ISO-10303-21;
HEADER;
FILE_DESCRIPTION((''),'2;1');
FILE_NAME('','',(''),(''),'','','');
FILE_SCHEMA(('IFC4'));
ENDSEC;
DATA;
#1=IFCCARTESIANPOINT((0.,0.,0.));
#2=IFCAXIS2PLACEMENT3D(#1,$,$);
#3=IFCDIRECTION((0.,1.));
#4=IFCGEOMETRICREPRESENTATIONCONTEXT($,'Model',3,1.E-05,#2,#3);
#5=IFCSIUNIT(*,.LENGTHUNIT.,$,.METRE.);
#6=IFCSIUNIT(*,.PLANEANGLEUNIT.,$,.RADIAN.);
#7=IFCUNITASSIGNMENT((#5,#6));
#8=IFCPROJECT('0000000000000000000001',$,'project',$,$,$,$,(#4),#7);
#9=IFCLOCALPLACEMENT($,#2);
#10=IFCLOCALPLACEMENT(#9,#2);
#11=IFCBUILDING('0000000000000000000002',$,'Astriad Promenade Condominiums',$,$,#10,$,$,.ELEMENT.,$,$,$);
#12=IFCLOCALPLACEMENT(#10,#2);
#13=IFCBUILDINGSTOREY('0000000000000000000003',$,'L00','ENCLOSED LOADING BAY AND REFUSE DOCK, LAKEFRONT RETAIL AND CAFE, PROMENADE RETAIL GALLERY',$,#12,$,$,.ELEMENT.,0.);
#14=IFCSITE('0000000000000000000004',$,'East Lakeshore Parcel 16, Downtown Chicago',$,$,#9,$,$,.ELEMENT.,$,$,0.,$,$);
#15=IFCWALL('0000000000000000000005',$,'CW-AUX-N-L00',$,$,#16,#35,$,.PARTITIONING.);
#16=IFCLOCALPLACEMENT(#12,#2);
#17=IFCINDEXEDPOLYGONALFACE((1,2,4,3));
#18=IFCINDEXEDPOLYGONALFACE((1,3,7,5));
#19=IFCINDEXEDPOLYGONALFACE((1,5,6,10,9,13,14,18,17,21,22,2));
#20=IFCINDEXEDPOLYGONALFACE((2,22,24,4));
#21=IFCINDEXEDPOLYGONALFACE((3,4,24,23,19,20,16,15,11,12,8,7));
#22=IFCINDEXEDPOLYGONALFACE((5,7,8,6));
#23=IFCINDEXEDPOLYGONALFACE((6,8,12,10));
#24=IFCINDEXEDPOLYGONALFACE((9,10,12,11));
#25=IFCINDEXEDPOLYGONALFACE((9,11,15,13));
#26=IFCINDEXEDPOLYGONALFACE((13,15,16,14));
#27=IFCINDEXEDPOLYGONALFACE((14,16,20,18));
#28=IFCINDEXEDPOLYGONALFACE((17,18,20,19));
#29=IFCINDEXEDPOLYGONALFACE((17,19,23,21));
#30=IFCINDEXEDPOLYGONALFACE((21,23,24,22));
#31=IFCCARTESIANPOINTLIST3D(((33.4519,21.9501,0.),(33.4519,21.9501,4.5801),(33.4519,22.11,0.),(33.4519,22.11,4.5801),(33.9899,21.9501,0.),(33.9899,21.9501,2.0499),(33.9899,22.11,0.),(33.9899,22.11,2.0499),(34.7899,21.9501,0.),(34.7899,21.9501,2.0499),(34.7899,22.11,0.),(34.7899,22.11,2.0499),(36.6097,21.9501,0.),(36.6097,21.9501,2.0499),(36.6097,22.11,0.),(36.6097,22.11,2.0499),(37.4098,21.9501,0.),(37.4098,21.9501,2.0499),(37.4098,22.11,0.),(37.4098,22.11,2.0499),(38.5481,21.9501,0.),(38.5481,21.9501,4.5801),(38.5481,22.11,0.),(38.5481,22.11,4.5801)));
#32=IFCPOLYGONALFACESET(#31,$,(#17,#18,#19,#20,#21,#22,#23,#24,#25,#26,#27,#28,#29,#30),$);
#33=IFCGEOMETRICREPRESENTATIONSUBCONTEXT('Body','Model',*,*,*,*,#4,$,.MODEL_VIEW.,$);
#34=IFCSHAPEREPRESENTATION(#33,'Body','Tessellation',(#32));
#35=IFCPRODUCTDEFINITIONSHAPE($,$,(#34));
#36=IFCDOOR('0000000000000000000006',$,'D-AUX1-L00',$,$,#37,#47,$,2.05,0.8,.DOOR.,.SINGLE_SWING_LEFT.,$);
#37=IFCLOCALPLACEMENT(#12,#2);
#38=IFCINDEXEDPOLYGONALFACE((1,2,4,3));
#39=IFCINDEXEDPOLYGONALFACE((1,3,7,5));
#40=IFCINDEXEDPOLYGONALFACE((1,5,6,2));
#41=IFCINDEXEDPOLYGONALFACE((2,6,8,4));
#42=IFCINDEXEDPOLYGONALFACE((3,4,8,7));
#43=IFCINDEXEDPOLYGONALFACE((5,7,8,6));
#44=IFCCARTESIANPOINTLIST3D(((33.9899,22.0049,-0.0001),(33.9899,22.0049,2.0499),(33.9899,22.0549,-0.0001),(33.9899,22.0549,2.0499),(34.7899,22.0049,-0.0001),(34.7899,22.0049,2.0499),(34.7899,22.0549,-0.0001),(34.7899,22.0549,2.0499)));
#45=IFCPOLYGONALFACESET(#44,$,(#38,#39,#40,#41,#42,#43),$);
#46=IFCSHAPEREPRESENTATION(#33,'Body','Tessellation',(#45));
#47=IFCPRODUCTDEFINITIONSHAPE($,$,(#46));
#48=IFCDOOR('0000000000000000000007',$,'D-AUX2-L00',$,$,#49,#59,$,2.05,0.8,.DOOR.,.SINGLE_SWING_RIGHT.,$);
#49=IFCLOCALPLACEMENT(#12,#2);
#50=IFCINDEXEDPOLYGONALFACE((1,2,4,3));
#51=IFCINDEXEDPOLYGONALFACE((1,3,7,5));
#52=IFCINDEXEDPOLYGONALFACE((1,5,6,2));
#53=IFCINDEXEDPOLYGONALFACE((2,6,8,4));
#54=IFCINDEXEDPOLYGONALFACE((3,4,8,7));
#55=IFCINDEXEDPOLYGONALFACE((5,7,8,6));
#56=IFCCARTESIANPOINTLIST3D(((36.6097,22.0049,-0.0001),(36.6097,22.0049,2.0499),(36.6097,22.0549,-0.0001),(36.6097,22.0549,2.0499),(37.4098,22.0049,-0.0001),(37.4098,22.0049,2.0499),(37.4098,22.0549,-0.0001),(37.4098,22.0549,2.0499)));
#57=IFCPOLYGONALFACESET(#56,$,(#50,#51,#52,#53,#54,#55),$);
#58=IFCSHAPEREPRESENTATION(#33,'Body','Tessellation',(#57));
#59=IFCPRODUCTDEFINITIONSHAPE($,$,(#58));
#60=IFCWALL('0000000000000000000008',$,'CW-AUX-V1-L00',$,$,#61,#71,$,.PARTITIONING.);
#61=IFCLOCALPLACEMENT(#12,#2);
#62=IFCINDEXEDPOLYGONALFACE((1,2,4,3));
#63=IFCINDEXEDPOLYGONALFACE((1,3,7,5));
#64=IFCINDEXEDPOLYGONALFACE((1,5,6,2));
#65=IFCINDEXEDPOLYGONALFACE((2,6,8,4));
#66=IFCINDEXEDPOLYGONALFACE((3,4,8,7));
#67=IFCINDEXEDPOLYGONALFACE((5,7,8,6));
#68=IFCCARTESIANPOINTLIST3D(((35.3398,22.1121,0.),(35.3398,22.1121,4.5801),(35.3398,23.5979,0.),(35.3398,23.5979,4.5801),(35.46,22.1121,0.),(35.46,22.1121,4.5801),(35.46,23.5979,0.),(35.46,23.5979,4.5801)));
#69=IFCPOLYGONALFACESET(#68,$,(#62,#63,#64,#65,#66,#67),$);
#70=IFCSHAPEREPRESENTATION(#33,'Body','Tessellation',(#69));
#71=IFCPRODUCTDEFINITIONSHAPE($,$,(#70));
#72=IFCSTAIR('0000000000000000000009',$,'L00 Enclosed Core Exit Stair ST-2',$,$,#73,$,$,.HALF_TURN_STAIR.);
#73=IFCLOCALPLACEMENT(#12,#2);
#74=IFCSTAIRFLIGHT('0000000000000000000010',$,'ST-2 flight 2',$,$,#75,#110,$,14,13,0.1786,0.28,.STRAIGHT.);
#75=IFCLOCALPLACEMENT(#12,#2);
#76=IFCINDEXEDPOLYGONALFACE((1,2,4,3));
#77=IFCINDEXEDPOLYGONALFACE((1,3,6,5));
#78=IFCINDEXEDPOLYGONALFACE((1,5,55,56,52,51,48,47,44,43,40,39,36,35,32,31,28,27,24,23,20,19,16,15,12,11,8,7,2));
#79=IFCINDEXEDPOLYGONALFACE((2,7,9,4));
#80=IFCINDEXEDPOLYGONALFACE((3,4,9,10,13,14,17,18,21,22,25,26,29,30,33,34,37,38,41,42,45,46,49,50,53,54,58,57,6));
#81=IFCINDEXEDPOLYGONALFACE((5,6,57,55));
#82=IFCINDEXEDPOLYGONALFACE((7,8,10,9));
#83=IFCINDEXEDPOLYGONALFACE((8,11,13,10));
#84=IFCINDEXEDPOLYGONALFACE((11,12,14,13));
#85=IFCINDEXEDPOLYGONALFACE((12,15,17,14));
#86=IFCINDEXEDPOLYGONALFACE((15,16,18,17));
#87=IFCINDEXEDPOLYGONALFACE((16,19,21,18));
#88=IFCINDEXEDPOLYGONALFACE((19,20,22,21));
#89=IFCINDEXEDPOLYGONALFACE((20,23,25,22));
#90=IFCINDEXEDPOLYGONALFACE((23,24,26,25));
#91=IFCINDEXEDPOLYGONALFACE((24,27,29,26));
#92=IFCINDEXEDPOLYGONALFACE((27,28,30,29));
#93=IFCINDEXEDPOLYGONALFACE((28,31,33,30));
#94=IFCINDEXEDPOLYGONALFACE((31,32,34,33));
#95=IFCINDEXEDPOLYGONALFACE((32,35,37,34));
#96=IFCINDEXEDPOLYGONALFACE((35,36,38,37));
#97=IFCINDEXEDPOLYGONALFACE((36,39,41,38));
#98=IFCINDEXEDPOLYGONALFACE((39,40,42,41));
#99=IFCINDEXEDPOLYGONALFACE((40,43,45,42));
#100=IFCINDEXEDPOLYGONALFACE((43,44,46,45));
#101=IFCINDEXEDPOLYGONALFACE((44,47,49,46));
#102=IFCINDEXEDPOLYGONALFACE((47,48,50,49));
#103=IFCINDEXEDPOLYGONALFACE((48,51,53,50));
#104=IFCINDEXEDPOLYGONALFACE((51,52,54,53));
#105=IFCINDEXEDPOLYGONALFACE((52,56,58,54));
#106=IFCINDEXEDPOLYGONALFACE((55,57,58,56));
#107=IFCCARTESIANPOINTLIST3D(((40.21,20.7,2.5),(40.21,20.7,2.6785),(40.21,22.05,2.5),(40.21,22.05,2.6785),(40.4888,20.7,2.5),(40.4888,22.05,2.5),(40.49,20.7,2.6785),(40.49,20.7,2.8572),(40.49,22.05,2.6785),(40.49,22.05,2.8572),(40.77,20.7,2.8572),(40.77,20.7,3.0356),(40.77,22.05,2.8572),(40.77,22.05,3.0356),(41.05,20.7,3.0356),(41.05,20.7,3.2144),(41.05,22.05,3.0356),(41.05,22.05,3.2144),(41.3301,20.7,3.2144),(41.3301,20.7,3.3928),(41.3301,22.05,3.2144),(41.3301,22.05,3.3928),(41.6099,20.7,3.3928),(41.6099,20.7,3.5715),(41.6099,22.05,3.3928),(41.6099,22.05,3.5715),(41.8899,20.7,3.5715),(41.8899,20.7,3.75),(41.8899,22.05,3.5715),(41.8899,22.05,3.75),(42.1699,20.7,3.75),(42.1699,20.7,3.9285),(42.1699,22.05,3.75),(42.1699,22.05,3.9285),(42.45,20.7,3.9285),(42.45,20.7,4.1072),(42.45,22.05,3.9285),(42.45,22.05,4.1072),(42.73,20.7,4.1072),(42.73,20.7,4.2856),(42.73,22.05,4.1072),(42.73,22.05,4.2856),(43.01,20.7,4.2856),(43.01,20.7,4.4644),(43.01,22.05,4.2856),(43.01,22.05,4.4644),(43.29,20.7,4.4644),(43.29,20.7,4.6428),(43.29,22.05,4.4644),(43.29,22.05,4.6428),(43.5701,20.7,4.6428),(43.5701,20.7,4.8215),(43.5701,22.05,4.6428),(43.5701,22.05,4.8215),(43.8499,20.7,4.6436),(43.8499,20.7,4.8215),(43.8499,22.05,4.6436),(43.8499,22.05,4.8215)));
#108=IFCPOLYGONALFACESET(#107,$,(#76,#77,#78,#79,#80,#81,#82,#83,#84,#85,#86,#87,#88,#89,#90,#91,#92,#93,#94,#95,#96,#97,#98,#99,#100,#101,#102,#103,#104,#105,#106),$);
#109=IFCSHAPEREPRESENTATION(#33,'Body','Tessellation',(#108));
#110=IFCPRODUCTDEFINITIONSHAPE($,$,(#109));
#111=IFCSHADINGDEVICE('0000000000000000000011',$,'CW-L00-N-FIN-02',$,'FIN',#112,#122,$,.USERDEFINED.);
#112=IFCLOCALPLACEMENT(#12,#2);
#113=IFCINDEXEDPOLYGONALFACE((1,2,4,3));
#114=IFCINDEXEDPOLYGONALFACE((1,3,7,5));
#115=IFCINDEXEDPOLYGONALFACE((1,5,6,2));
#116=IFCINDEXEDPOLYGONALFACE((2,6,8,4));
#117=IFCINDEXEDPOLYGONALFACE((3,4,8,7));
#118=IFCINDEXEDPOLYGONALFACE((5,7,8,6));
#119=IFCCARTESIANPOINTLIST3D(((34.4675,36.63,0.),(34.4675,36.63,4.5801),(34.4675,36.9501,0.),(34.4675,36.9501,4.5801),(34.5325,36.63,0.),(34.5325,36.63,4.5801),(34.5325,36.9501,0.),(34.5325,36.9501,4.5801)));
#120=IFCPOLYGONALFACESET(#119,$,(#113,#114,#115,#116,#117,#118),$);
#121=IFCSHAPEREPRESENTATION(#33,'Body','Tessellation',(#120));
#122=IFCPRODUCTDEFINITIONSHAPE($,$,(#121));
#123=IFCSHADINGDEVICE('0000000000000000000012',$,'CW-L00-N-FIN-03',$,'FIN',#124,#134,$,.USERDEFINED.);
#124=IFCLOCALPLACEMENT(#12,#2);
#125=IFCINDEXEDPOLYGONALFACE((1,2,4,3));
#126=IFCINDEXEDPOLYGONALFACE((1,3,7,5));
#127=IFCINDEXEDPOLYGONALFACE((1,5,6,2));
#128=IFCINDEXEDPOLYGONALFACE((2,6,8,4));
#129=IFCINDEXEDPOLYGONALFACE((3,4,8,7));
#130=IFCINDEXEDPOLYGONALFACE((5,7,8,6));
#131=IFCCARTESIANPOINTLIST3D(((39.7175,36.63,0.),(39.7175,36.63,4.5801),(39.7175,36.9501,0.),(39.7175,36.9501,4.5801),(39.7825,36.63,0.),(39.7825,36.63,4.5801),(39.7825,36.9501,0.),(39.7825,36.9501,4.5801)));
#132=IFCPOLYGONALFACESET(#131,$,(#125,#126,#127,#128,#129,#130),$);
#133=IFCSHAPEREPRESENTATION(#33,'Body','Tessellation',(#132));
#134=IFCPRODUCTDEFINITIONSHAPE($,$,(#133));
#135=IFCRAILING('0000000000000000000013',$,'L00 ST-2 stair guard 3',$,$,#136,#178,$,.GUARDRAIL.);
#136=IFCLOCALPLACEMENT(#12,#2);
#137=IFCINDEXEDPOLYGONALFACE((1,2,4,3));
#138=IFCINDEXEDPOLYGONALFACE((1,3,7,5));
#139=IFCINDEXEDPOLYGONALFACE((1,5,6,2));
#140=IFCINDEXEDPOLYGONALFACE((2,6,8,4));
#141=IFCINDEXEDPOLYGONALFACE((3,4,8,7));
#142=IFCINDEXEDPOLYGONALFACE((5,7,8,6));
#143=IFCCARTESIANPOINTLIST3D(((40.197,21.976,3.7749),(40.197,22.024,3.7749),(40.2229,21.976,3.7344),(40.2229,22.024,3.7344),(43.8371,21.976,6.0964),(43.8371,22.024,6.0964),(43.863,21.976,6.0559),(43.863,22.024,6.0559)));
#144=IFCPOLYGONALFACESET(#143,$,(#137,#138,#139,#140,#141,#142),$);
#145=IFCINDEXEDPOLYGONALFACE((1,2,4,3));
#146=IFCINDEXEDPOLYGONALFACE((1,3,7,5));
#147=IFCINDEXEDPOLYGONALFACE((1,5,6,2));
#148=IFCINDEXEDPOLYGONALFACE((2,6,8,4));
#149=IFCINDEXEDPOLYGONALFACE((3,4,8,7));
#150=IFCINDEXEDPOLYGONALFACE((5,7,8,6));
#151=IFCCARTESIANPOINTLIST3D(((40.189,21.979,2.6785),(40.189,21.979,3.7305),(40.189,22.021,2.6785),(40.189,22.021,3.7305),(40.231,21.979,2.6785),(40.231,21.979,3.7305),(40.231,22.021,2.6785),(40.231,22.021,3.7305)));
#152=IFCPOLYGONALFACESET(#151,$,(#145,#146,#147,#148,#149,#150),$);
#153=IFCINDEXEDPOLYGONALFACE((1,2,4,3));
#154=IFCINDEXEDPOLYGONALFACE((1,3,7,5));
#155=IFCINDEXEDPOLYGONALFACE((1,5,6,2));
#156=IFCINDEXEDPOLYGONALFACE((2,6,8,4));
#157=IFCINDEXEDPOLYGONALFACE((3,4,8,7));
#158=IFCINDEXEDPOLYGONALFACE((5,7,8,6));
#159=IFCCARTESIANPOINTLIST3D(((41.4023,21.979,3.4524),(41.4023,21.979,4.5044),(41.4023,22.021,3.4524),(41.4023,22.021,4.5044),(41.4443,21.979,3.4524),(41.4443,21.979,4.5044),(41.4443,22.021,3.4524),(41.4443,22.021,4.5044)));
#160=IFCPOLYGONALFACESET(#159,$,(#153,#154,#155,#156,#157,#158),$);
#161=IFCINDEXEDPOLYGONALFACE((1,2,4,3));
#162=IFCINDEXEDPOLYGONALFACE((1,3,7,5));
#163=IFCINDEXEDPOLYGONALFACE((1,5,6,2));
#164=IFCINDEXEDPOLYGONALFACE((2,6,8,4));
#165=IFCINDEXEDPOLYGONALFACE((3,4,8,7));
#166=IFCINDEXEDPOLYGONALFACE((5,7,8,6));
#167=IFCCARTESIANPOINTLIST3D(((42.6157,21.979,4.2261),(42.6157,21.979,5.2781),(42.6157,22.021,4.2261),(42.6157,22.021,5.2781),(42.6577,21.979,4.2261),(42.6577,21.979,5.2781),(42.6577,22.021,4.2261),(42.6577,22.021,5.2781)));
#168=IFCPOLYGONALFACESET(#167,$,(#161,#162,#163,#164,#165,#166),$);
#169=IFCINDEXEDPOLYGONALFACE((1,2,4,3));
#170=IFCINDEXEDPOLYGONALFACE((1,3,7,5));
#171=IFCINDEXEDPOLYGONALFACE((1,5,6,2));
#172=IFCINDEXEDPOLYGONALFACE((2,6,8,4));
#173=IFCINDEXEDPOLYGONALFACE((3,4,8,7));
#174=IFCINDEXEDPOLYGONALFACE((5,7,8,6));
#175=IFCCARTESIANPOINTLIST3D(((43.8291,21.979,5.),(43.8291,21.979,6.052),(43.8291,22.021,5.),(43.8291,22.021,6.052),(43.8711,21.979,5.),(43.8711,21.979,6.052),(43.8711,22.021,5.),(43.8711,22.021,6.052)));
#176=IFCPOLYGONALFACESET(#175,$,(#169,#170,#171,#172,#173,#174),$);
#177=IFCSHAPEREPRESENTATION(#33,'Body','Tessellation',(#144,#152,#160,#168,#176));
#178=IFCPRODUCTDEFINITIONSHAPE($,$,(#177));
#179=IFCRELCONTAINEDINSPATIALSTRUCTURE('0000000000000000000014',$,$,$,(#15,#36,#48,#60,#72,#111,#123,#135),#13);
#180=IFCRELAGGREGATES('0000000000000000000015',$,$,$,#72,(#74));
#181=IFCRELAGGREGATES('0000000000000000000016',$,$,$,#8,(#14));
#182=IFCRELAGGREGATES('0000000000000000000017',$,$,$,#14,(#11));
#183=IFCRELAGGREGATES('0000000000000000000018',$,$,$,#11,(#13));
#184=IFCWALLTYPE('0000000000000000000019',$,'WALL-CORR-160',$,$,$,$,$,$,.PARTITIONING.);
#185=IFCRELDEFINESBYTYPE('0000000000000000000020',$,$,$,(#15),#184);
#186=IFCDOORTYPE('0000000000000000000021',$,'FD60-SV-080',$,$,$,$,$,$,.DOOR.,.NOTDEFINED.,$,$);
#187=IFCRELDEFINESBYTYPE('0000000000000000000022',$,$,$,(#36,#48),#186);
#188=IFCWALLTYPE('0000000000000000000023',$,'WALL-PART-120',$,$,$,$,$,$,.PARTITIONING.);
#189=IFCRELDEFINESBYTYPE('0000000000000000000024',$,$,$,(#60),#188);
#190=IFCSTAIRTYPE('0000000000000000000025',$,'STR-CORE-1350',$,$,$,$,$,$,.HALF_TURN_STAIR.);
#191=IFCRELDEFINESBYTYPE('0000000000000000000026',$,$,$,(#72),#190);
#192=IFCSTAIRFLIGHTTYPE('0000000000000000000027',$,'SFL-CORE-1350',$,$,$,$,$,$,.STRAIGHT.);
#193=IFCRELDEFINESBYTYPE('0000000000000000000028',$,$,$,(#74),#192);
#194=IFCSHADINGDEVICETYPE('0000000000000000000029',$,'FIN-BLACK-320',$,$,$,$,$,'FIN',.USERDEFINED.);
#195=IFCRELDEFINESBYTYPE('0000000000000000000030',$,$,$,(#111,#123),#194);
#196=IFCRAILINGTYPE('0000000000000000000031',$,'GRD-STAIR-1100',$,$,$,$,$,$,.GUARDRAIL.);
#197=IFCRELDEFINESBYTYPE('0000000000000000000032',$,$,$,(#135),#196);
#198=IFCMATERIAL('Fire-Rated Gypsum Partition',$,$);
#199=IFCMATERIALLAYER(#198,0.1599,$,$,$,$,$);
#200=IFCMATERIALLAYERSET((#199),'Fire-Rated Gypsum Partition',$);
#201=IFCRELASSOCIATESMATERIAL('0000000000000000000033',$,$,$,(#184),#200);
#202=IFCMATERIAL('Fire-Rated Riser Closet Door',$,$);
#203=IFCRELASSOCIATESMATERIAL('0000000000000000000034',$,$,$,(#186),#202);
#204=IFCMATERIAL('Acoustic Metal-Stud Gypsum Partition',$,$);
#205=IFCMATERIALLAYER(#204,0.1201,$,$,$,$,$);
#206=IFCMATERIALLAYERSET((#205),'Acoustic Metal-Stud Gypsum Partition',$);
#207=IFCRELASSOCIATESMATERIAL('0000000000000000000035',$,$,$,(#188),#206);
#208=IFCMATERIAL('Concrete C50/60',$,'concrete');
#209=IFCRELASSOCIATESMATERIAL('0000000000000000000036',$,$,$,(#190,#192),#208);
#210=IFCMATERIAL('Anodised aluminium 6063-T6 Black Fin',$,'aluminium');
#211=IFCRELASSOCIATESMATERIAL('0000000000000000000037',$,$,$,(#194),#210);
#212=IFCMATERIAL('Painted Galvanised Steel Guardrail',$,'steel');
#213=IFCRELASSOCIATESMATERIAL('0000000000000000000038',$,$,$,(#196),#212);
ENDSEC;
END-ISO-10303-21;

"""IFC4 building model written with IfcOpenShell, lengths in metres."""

from ifc_helpers import new_model, si_unit, direction, frame, frame_2d, origin, origin_2d, place, context, subcontext, project, spatial, polyline, rectangle, outline, extrude, source, transform, mapped, material, layer, layer_set, type_object, type_shapes, element, fill, aggregate, save


model = new_model("IFC4")

# Units and contexts
model_context = context("Model", 3, precision=1e-05, world=origin(), true_north=direction((0.0, 1.0)))
body_context = subcontext(model_context, "Body", "Model", "MODEL_VIEW")
ifc_project = project(units=[si_unit("LENGTHUNIT", "METRE"), si_unit("PLANEANGLEUNIT", "RADIAN")], contexts=[model_context])

# Site, building, storey
site_placement = place(None, origin())
site = spatial("IfcSite", under=ifc_project, at=site_placement, Name="East Lakeshore Parcel 16, Downtown Chicago", CompositionType="ELEMENT", RefElevation=0.0)
building_placement = place(site_placement, origin())
building = spatial("IfcBuilding", under=site, at=building_placement, Name="Astriad Promenade Condominiums", CompositionType="ELEMENT")
storey_placement = place(building_placement, origin())
storey = spatial("IfcBuildingStorey", under=building, at=storey_placement, Name="L00", Description="ENCLOSED LOADING BAY AND REFUSE DOCK, LAKEFRONT RETAIL AND CAFE, PROMENADE RETAIL GALLERY", CompositionType="ELEMENT", Elevation=0.0)

# Wall, openings, doors
ifc_material_1 = material(Name="Fire-Rated Gypsum Partition")
ifc_layer_1 = layer(ifc_material_1, 0.1599)
ifc_layer_set_1 = layer_set([ifc_layer_1], Name="Fire-Rated Gypsum Partition")
wall_type_1 = type_object("IfcWallType", Name="WALL-CORR-160", PredefinedType="PARTITIONING", material=ifc_layer_set_1)
wall_1_placement = place(storey_placement, frame((33.4519, 22.03, 0.0), z_axis=(0.0, 0.0, 1.0), x_axis=(1.0, 0.0, 0.0)))
wall_1 = element("IfcWall", 1, at=wall_1_placement, inside=storey, type_object=wall_type_1, Name="CW-AUX-N-L00", PredefinedType="PARTITIONING", context=body_context, shape_type="SweptSolid", body=[
    extrude(rectangle(XDim=5.0962, YDim=0.1599, at=frame_2d((2.5481, 0.0))), origin(), (0.0, 0.0, 1.0), 4.5801),
])
opening_1_placement = place(wall_1_placement, frame((0.5381, 0.0, 0.0)))
opening_1 = element("IfcOpeningElement", 2, at=opening_1_placement, cuts=wall_1, PredefinedType="OPENING", context=body_context, shape_type="SweptSolid", body=[
    extrude(rectangle(XDim=0.8, YDim=2.05, at=frame_2d((0.3999, 1.0249))), frame((0.0, 0.0898, 0.0), z_axis=(0.0, -1.0, 0.0), x_axis=(1.0, 0.0, 0.0)), (0.0, 0.0, 1.0), 0.1799),
])
opening_2_placement = place(wall_1_placement, frame((3.158, 0.0, 0.0)))
opening_2 = element("IfcOpeningElement", 3, at=opening_2_placement, cuts=wall_1, PredefinedType="OPENING", context=body_context, shape_type="SweptSolid", body=[
    extrude(rectangle(XDim=0.8, YDim=2.05, at=frame_2d((0.3999, 1.0249))), frame((0.0, 0.0898, 0.0), z_axis=(0.0, -1.0, 0.0), x_axis=(1.0, 0.0, 0.0)), (0.0, 0.0, 1.0), 0.1799),
])
ifc_material_2 = material(Name="Fire-Rated Riser Closet Door")
door_type = type_object("IfcDoorType", Name="FD60-SV-080", OperationType="NOTDEFINED", PredefinedType="DOOR", material=ifc_material_2)
shared_shape_1 = source(origin(), body_context, "Body", "SweptSolid", [
    extrude(rectangle(XDim=0.8, YDim=2.05, at=frame_2d((0.3999, 1.0249))), frame((0.0, 0.0249, 0.0), z_axis=(0.0, -1.0, 0.0), x_axis=(1.0, 0.0, 0.0)), (0.0, 0.0, 1.0), 0.05),
])
type_shapes(door_type, [shared_shape_1])
door_1_placement = place(opening_1_placement, origin())
door_1 = element("IfcDoor", 4, at=door_1_placement, inside=storey, type_object=door_type, Name="D-AUX1-L00", OperationType="SINGLE_SWING_LEFT", OverallHeight=2.05, OverallWidth=0.8, PredefinedType="DOOR", context=body_context, shape_type="MappedRepresentation", body=[
    mapped(shared_shape_1, transform((0.0, 0.0, 0.0), scale=1.0)),
])
fill(opening_1, door_1)
door_2_placement = place(opening_2_placement, origin())
door_2 = element("IfcDoor", 5, at=door_2_placement, inside=storey, type_object=door_type, Name="D-AUX2-L00", OperationType="SINGLE_SWING_RIGHT", OverallHeight=2.05, OverallWidth=0.8, PredefinedType="DOOR", context=body_context, shape_type="MappedRepresentation", body=[
    mapped(shared_shape_1, transform((0.0, 0.0, 0.0), scale=1.0)),
])
fill(opening_2, door_2)

# Wall
ifc_material_3 = material(Name="Acoustic Metal-Stud Gypsum Partition")
ifc_layer_2 = layer(ifc_material_3, 0.1201)
ifc_layer_set_2 = layer_set([ifc_layer_2], Name="Acoustic Metal-Stud Gypsum Partition")
wall_type_2 = type_object("IfcWallType", Name="WALL-PART-120", PredefinedType="PARTITIONING", material=ifc_layer_set_2)
wall_2_placement = place(storey_placement, frame((35.3999, 22.1121, 0.0), z_axis=(0.0, 0.0, 1.0), x_axis=(0.0, 1.0, 0.0)))
element("IfcWall", 6, at=wall_2_placement, inside=storey, type_object=wall_type_2, Name="CW-AUX-V1-L00", PredefinedType="PARTITIONING", context=body_context, shape_type="SweptSolid", body=[
    extrude(rectangle(XDim=1.4858, YDim=0.1201, at=frame_2d((0.7429, 0.0))), origin(), (0.0, 0.0, 1.0), 4.5801),
])

# Stair, stair flight
ifc_material_4 = material(Name="Concrete C50/60", Category="concrete")
stair_type = type_object("IfcStairType", Name="STR-CORE-1350", PredefinedType="HALF_TURN_STAIR", material=ifc_material_4)
stair_placement = place(storey_placement, origin())
stair = element("IfcStair", 7, at=stair_placement, inside=storey, type_object=stair_type, Name="L00 Enclosed Core Exit Stair ST-2", PredefinedType="HALF_TURN_STAIR")
stair_flight_type = type_object("IfcStairFlightType", Name="SFL-CORE-1350", PredefinedType="STRAIGHT", material=ifc_material_4)
shared_shape_2 = source(origin(), body_context, "Body", "SweptSolid", [
    extrude(outline(polyline([(0.0, 0.0), (0.0, 0.1785), (0.28, 0.1785), (0.28, 0.3572), (0.5601, 0.3572), (0.5601, 0.5356), (0.8401, 0.5356), (0.8401, 0.7144), (1.1201, 0.7144), (1.1201, 0.8928), (1.3999, 0.8928), (1.3999, 1.0715), (1.6799, 1.0715), (1.6799, 1.25), (1.96, 1.25), (1.96, 1.4285), (2.24, 1.4285), (2.24, 1.6072), (2.52, 1.6072), (2.52, 1.7856), (2.8, 1.7856), (2.8, 1.9644), (3.0801, 1.9644), (3.0801, 2.1428), (3.3601, 2.1428), (3.3601, 2.3215), (3.6399, 2.3215), (3.6399, 2.5), (3.6399, 2.1436), (0.2788, 0.0), (0.0, 0.0)])), frame((0.0, 0.675, 0.0), z_axis=(0.0, -1.0, 0.0), x_axis=(1.0, 0.0, 0.0)), (0.0, 0.0, 1.0), 1.3501),
])
type_shapes(stair_flight_type, [shared_shape_2])
stair_flight_placement = place(storey_placement, frame((40.21, 21.375, 2.5), z_axis=(0.0, 0.0, 1.0), x_axis=(1.0, 0.0, 0.0)))
stair_flight = element("IfcStairFlight", 8, at=stair_flight_placement, type_object=stair_flight_type, Name="ST-2 flight 2", NumberOfRisers=14, NumberOfTreads=13, PredefinedType="STRAIGHT", RiserHeight=0.1786, TreadLength=0.28, context=body_context, shape_type="MappedRepresentation", body=[
    mapped(shared_shape_2, transform((0.0, 0.0, 0.0), scale=1.0)),
])
aggregate(stair, [stair_flight])

# Shading devices
ifc_material_5 = material(Name="Anodised aluminium 6063-T6 Black Fin", Category="aluminium")
shading_device_type = type_object("IfcShadingDeviceType", Name="FIN-BLACK-320", ElementType="FIN", PredefinedType="USERDEFINED", material=ifc_material_5)
shared_shape_3 = source(origin(), body_context, "Body", "SweptSolid", [
    extrude(rectangle(XDim=0.0649, YDim=0.3201, at=origin_2d()), origin(), (0.0, 0.0, 1.0), 4.5801),
])
type_shapes(shading_device_type, [shared_shape_3])
for number, where, z_axis, x_axis, name in (
    (9, (34.5, 36.79, 0.0), (0.0, 0.0, 1.0), (1.0, 0.0, 0.0), "CW-L00-N-FIN-02"),
    (10, (39.75, 36.79, 0.0), (0.0, 0.0, 1.0), (1.0, 0.0, 0.0), "CW-L00-N-FIN-03"),
):
    element("IfcShadingDevice", number, at=place(storey_placement, frame(where, z_axis=z_axis, x_axis=x_axis)), inside=storey, type_object=shading_device_type, Name=name, ObjectType="FIN", PredefinedType="USERDEFINED", context=body_context, shape_type="MappedRepresentation", body=[
        mapped(shared_shape_3, transform((0.0, 0.0, 0.0), scale=1.0)),
    ])

# Railing
ifc_material_6 = material(Name="Painted Galvanised Steel Guardrail", Category="steel")
railing_type = type_object("IfcRailingType", Name="GRD-STAIR-1100", PredefinedType="GUARDRAIL", material=ifc_material_6)
shared_shape_4 = source(origin(), body_context, "Body", "SweptSolid", [
    extrude(rectangle(XDim=0.0481, YDim=0.0481, at=origin_2d()), frame((0.0, 0.0, 1.0762), z_axis=(0.843128, 0.0, 0.537713), x_axis=(0.0, 1.0, 0.0)), (0.0, 0.0, 1.0), 4.3174),
    extrude(rectangle(XDim=0.042, YDim=0.042, at=origin_2d()), origin(), (0.0, 0.0, 1.0), 1.052),
    extrude(rectangle(XDim=0.042, YDim=0.042, at=origin_2d()), frame((1.2134, 0.0, 0.7739)), (0.0, 0.0, 1.0), 1.052),
    extrude(rectangle(XDim=0.042, YDim=0.042, at=origin_2d()), frame((2.4268, 0.0, 1.5476)), (0.0, 0.0, 1.0), 1.052),
    extrude(rectangle(XDim=0.042, YDim=0.042, at=origin_2d()), frame((3.6401, 0.0, 2.3215)), (0.0, 0.0, 1.0), 1.052),
])
railing_1_placement = place(storey_placement, frame((40.21, 22.0, 2.6785)))
element("IfcRailing", 11, at=railing_1_placement, inside=storey, type_object=railing_type, Name="L00 ST-2 stair guard 3", PredefinedType="GUARDRAIL", context=body_context, shape_type="MappedRepresentation", body=[
    mapped(shared_shape_4, transform((0.0, 0.0, 0.0), scale=1.0)),
])

save(model, "model.ifc")
